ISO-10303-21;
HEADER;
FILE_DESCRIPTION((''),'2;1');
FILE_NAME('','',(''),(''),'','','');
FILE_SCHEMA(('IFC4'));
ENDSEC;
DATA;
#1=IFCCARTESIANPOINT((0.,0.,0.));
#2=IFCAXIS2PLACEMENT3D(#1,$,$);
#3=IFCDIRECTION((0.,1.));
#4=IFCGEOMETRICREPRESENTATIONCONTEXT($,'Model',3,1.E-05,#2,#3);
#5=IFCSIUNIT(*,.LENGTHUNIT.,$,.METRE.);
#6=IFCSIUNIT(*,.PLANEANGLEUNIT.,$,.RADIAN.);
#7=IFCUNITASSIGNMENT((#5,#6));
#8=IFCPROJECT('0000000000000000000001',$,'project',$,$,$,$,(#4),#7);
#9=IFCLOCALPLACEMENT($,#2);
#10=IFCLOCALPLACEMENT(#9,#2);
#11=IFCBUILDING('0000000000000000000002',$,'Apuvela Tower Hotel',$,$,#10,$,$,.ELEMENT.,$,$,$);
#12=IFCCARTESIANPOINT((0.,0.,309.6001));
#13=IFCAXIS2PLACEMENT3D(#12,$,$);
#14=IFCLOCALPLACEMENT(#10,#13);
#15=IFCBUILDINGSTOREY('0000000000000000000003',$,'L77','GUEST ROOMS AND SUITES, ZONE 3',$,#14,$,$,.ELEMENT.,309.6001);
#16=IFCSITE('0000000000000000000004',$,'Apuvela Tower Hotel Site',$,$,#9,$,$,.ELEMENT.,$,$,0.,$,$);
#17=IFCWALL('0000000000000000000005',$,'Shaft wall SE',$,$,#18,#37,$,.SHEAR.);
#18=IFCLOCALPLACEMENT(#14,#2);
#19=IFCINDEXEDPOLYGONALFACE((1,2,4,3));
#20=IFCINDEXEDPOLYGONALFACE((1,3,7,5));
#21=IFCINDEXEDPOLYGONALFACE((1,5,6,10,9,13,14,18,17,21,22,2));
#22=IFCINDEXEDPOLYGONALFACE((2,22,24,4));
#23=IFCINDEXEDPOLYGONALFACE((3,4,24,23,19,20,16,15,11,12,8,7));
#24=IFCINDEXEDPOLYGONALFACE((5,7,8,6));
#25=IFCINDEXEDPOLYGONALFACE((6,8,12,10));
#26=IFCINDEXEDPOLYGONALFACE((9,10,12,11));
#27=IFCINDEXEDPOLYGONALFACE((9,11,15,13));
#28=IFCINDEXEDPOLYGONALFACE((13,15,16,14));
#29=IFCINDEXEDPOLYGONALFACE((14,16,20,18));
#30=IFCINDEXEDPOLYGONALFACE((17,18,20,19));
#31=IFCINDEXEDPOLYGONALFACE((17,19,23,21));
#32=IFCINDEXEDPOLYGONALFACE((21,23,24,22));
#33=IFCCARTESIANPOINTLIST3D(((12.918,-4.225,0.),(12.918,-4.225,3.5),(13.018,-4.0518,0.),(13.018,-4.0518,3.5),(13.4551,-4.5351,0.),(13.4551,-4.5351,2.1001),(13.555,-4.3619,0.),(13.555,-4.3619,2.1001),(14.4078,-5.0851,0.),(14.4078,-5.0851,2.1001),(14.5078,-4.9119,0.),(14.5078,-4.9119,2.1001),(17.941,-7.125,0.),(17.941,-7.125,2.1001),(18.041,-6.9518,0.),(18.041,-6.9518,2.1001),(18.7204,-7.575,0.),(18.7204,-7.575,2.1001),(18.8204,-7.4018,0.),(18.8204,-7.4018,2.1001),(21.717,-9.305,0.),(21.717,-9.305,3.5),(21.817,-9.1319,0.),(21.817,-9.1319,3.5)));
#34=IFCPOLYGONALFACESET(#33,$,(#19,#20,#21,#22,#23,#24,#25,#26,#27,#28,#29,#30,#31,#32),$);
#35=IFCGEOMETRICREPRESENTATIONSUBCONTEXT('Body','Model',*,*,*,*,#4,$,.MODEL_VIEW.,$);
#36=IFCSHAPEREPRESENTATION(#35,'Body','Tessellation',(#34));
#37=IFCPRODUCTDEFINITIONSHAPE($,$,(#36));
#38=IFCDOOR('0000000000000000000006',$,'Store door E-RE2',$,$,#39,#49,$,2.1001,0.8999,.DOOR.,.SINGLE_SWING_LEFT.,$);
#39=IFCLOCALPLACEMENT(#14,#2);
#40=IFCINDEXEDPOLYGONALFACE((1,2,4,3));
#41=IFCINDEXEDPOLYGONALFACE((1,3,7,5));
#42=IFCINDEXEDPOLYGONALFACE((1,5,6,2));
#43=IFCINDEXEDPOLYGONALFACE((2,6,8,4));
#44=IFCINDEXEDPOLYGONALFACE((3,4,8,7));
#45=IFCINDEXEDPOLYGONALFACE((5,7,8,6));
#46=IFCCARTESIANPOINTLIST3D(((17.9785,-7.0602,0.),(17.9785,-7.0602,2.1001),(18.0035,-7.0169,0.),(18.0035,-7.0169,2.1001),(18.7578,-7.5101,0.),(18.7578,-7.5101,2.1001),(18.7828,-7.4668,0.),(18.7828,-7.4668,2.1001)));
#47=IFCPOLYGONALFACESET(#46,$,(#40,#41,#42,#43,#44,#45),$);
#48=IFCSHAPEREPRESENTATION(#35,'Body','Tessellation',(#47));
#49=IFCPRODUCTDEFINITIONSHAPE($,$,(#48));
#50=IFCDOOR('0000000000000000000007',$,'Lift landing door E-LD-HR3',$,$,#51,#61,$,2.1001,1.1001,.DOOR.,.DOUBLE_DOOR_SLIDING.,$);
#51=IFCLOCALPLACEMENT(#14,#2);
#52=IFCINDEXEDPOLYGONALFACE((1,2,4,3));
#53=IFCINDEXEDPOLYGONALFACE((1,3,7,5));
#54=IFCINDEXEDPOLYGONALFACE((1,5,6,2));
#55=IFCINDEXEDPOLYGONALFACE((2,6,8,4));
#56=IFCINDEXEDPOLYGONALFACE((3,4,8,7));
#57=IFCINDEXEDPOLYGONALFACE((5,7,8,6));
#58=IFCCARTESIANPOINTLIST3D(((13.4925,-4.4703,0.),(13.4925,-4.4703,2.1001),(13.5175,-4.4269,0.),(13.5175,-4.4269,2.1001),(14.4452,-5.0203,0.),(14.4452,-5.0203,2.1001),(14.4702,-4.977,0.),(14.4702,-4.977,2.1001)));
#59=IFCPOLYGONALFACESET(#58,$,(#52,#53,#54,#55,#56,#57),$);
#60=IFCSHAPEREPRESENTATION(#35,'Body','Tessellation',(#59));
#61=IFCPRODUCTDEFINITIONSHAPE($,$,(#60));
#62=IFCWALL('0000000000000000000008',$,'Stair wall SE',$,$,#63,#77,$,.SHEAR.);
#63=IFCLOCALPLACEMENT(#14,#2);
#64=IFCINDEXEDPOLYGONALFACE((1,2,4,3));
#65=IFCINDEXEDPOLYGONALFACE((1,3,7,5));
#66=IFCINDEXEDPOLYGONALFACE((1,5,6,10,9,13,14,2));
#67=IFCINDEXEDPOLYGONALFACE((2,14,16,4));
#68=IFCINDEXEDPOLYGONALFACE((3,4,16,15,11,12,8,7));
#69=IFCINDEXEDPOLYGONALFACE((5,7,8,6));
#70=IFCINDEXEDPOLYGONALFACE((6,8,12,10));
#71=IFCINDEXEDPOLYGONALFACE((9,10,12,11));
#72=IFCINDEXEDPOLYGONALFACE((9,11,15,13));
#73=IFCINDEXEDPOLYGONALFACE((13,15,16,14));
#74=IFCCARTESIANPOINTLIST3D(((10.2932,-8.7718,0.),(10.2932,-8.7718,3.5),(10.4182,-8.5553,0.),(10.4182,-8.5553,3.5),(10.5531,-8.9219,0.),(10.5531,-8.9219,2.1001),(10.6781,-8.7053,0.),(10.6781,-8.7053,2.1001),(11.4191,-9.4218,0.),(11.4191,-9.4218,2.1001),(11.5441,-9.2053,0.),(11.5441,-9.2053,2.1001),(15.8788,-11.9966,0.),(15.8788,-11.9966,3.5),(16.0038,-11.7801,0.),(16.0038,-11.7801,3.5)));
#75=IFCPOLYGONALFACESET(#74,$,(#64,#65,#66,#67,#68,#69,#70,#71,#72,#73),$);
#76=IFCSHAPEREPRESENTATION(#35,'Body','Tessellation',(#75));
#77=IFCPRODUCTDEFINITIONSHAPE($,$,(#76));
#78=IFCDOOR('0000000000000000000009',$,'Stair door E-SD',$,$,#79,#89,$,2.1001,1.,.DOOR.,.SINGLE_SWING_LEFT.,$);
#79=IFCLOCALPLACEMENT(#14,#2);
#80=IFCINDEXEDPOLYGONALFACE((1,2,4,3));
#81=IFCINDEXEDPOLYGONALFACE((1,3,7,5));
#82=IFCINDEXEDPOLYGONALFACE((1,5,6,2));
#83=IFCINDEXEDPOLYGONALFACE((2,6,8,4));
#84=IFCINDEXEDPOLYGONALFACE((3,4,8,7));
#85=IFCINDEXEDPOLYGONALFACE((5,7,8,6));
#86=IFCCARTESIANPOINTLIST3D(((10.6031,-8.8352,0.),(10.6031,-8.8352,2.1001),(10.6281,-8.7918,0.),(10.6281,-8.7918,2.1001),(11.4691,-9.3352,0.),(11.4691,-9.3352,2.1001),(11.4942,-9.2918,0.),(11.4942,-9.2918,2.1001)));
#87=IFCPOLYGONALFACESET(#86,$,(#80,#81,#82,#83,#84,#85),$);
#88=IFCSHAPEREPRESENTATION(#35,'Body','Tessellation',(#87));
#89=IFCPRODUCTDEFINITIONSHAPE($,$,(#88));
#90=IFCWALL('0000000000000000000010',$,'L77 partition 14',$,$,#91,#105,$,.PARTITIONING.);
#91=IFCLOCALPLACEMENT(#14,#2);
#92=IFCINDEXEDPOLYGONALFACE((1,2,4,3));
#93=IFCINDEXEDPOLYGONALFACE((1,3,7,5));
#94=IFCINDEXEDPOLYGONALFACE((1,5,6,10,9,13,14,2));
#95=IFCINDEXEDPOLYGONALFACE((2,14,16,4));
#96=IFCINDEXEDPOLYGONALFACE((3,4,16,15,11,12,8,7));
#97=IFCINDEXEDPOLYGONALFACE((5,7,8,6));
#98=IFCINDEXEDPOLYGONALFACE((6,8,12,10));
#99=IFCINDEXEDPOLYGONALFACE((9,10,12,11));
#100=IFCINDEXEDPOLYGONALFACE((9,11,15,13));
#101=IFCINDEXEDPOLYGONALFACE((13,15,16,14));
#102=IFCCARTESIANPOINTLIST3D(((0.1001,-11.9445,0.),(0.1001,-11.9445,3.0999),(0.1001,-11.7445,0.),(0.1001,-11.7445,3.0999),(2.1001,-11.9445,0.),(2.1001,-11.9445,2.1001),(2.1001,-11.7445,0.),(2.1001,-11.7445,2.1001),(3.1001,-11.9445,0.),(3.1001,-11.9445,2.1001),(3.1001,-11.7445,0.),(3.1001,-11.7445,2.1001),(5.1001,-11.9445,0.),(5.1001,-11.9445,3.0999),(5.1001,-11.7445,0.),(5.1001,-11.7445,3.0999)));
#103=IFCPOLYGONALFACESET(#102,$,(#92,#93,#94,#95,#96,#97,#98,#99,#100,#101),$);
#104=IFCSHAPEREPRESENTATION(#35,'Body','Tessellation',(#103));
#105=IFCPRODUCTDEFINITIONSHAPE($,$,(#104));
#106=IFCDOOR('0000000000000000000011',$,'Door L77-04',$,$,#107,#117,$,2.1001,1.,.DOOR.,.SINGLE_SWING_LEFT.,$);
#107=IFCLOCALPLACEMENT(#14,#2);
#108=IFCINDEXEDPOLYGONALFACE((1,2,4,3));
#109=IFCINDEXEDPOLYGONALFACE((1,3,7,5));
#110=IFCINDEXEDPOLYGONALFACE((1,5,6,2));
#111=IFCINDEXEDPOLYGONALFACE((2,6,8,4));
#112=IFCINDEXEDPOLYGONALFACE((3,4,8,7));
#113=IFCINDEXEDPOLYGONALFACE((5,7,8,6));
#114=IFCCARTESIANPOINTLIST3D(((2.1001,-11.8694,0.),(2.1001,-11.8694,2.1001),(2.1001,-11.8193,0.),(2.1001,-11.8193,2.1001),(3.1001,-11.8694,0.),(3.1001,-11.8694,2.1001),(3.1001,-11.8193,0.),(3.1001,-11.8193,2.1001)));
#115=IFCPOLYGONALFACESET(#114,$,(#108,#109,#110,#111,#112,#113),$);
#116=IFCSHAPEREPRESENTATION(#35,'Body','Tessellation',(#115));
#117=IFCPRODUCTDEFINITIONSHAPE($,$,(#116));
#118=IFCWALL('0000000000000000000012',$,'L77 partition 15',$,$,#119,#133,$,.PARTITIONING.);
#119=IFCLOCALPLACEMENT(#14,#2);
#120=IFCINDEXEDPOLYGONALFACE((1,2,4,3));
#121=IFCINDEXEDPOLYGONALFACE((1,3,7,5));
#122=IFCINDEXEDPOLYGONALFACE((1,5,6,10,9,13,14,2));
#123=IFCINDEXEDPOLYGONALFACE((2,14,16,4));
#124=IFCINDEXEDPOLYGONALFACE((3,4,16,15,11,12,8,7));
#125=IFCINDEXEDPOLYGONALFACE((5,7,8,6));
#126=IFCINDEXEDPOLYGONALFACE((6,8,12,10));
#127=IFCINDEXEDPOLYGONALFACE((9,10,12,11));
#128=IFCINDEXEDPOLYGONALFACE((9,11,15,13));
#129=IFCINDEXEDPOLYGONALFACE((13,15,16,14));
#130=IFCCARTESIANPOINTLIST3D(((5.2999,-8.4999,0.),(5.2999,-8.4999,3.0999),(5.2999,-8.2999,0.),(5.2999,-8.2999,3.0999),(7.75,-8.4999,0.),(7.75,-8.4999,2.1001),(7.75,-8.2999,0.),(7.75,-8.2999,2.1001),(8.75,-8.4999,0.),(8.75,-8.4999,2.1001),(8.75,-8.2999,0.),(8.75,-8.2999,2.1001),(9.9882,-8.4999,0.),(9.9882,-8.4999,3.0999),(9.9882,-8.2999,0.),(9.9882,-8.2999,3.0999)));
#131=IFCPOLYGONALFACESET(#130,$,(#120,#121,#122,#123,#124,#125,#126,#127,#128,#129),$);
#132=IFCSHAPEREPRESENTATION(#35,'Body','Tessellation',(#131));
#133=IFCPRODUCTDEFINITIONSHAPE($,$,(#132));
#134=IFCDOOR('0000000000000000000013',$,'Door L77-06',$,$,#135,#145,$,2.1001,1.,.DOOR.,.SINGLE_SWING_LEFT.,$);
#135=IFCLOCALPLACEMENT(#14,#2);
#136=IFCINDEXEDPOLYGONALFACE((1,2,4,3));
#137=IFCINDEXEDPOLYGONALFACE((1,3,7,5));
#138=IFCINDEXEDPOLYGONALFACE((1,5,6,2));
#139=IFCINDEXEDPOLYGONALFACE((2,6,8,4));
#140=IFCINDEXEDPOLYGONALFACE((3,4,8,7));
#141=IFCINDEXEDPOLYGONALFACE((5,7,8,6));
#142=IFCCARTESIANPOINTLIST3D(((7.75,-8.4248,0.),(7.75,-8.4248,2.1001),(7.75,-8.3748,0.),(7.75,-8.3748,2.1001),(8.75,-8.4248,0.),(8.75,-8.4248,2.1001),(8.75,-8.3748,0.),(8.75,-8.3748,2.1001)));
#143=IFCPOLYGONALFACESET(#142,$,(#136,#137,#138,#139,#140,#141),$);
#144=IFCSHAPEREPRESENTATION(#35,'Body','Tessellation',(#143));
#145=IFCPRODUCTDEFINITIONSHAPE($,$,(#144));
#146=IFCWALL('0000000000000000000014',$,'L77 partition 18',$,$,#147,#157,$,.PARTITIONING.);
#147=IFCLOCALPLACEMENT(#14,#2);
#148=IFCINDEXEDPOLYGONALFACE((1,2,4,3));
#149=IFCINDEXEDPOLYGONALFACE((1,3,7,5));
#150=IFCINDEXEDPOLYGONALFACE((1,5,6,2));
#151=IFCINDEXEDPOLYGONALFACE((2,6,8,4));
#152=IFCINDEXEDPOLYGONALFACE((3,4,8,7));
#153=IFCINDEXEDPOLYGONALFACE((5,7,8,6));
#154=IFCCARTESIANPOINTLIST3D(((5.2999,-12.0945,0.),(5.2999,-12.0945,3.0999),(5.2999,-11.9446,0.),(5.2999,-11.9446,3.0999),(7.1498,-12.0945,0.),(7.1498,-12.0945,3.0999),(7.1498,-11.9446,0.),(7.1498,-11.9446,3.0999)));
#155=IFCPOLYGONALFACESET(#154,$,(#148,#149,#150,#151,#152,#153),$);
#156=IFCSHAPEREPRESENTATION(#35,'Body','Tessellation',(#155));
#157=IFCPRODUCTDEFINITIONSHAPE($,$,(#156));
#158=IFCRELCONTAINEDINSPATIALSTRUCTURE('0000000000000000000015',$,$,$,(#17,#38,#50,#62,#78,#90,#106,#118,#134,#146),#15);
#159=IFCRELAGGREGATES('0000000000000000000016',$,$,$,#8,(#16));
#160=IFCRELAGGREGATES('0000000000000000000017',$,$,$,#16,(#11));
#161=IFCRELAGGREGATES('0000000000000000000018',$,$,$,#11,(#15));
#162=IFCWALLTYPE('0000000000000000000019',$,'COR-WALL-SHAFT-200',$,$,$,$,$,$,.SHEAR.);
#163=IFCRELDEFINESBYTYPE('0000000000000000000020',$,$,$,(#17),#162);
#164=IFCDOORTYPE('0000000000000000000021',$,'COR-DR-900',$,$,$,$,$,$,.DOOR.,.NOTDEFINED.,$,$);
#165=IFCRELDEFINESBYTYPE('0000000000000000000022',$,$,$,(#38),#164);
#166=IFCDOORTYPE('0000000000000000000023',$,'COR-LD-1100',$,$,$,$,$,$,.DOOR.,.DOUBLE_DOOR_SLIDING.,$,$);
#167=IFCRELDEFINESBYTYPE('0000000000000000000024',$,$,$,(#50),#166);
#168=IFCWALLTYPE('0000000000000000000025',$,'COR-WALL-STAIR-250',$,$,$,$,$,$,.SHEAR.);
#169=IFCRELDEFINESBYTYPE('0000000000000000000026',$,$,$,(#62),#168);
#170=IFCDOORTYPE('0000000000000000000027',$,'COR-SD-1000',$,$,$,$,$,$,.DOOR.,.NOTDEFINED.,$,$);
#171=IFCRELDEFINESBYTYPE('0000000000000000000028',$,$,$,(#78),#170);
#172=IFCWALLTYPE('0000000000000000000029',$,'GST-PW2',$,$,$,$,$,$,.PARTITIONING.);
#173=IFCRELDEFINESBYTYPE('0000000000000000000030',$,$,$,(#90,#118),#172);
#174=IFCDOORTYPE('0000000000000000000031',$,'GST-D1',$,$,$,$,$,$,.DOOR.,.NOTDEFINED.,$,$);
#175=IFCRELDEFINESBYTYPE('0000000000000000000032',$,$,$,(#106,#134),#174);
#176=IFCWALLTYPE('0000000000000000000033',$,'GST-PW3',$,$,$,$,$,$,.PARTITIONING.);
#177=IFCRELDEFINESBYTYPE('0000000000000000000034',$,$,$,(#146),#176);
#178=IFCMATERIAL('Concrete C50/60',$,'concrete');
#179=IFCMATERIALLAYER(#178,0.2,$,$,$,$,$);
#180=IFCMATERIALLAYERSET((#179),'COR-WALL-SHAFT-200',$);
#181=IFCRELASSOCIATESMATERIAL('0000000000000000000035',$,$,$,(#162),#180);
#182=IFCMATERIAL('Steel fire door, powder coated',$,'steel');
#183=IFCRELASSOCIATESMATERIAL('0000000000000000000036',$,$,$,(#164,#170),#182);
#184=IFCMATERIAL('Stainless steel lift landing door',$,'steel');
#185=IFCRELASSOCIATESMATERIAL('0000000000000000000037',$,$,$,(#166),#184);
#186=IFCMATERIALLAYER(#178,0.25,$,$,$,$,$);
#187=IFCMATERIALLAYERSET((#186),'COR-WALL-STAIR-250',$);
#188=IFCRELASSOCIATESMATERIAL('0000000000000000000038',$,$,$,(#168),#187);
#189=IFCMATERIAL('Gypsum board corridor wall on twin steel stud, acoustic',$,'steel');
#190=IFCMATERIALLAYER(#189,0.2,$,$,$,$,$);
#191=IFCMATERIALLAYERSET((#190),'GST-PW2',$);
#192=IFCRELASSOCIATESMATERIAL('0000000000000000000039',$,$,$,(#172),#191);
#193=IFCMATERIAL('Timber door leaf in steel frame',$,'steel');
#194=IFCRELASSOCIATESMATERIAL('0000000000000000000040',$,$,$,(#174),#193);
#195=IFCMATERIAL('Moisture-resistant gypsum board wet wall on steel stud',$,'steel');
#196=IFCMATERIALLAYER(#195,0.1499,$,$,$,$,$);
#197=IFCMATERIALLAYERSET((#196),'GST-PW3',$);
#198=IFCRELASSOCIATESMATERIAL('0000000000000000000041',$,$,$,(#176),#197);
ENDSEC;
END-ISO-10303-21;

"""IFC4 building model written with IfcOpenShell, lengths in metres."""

from ifc_helpers import new_model, si_unit, direction, frame, frame_2d, origin, place, context, subcontext, project, spatial, rectangle, extrude, material, layer, layer_set, type_object, element, fill, save


model = new_model("IFC4")

# Units and contexts
model_context = context("Model", 3, precision=1e-05, world=origin(), true_north=direction((0.0, 1.0)))
body_context = subcontext(model_context, "Body", "Model", "MODEL_VIEW")
ifc_project = project(units=[si_unit("LENGTHUNIT", "METRE"), si_unit("PLANEANGLEUNIT", "RADIAN")], contexts=[model_context])

# Site, building, storey
site_placement = place(None, origin())
site = spatial("IfcSite", under=ifc_project, at=site_placement, Name="Apuvela Tower Hotel Site", CompositionType="ELEMENT", RefElevation=0.0)
building_placement = place(site_placement, origin())
building = spatial("IfcBuilding", under=site, at=building_placement, Name="Apuvela Tower Hotel", CompositionType="ELEMENT")
storey_placement = place(building_placement, frame((0.0, 0.0, 309.6001)))
storey = spatial("IfcBuildingStorey", under=building, at=storey_placement, Name="L77", Description="GUEST ROOMS AND SUITES, ZONE 3", CompositionType="ELEMENT", Elevation=309.6001)

# Shared definitions
ifc_material_1 = material(Name="Concrete C50/60", Category="concrete")
ifc_material_2 = material(Name="Steel fire door, powder coated", Category="steel")

# Shared definitions
ifc_layer_1 = layer(ifc_material_1, 0.2)
ifc_layer_set_1 = layer_set([ifc_layer_1], Name="COR-WALL-SHAFT-200")
wall_type_1 = type_object("IfcWallType", Name="COR-WALL-SHAFT-200", PredefinedType="SHEAR", material=ifc_layer_set_1)
ifc_material_3 = material(Name="Stainless steel lift landing door", Category="steel")

# Wall, openings, doors
wall_1_placement = place(storey_placement, frame((12.968, -4.1384, 0.0), z_axis=(0.0, 0.0, 1.0), x_axis=(0.866028, -0.499995, 0.0)))
wall_1 = element("IfcWall", 1, at=wall_1_placement, inside=storey, type_object=wall_type_1, Name="Shaft wall SE", PredefinedType="SHEAR", context=body_context, shape_type="SweptSolid", body=[
    extrude(rectangle(XDim=10.1602, YDim=0.2, at=frame_2d((5.0801, 0.0))), origin(), (0.0, 0.0, 1.0), 3.5),
])
opening_1_placement = place(wall_1_placement, frame((0.6201, 0.0, 0.0)))
opening_1 = element("IfcOpeningElement", 2, at=opening_1_placement, cuts=wall_1, PredefinedType="OPENING", context=body_context, shape_type="SweptSolid", body=[
    extrude(rectangle(XDim=1.1001, YDim=2.1001, at=frame_2d((0.55, 1.05))), frame((0.0, 0.1099, 0.0), z_axis=(0.0, -1.0, 0.0), x_axis=(1.0, 0.0, 0.0)), (0.0, 0.0, 1.0), 0.22),
])
opening_2_placement = place(wall_1_placement, frame((5.8, 0.0, 0.0)))
opening_2 = element("IfcOpeningElement", 3, at=opening_2_placement, cuts=wall_1, PredefinedType="OPENING", context=body_context, shape_type="SweptSolid", body=[
    extrude(rectangle(XDim=0.8999, YDim=2.1001, at=frame_2d((0.45, 1.05))), frame((0.0, 0.1099, 0.0), z_axis=(0.0, -1.0, 0.0), x_axis=(1.0, 0.0, 0.0)), (0.0, 0.0, 1.0), 0.22),
])
door_type_1 = type_object("IfcDoorType", Name="COR-DR-900", OperationType="NOTDEFINED", PredefinedType="DOOR", material=ifc_material_2)
door_1_placement = place(opening_2_placement, origin())
door_1 = element("IfcDoor", 4, at=door_1_placement, inside=storey, type_object=door_type_1, Name="Store door E-RE2", OperationType="SINGLE_SWING_LEFT", OverallHeight=2.1001, OverallWidth=0.8999, PredefinedType="DOOR", context=body_context, shape_type="SweptSolid", body=[
    extrude(rectangle(XDim=0.8999, YDim=2.1001, at=frame_2d((0.45, 1.05))), frame((0.0, 0.0249, 0.0), z_axis=(0.0, -1.0, 0.0), x_axis=(1.0, 0.0, 0.0)), (0.0, 0.0, 1.0), 0.05),
])
fill(opening_2, door_1)
door_type_2 = type_object("IfcDoorType", Name="COR-LD-1100", OperationType="DOUBLE_DOOR_SLIDING", PredefinedType="DOOR", material=ifc_material_3)
door_2_placement = place(opening_1_placement, origin())
door_2 = element("IfcDoor", 5, at=door_2_placement, inside=storey, type_object=door_type_2, Name="Lift landing door E-LD-HR3", OperationType="DOUBLE_DOOR_SLIDING", OverallHeight=2.1001, OverallWidth=1.1001, PredefinedType="DOOR", context=body_context, shape_type="SweptSolid", body=[
    extrude(rectangle(XDim=1.1001, YDim=2.1001, at=frame_2d((0.55, 1.05))), frame((0.0, 0.0249, 0.0), z_axis=(0.0, -1.0, 0.0), x_axis=(1.0, 0.0, 0.0)), (0.0, 0.0, 1.0), 0.05),
])
fill(opening_1, door_2)

# Walls, openings, doors
ifc_layer_2 = layer(ifc_material_1, 0.25)
ifc_layer_set_2 = layer_set([ifc_layer_2], Name="COR-WALL-STAIR-250")
wall_type_2 = type_object("IfcWallType", Name="COR-WALL-STAIR-250", PredefinedType="SHEAR", material=ifc_layer_set_2)
wall_2_placement = place(storey_placement, frame((10.3557, -8.6636, 0.0), z_axis=(0.0, 0.0, 1.0), x_axis=(0.866029, -0.499994, 0.0)))
wall_2 = element("IfcWall", 6, at=wall_2_placement, inside=storey, type_object=wall_type_2, Name="Stair wall SE", PredefinedType="SHEAR", context=body_context, shape_type="SweptSolid", body=[
    extrude(rectangle(XDim=6.4497, YDim=0.25, at=frame_2d((3.2249, 0.0))), origin(), (0.0, 0.0, 1.0), 3.5),
])
opening_3_placement = place(wall_2_placement, frame((0.3, 0.0, 0.0)))
opening_3 = element("IfcOpeningElement", 7, at=opening_3_placement, cuts=wall_2, PredefinedType="OPENING", context=body_context, shape_type="SweptSolid", body=[
    extrude(rectangle(XDim=1.0, YDim=2.1001, at=frame_2d((0.5, 1.05))), frame((0.0, 0.135, 0.0), z_axis=(0.0, -1.0, 0.0), x_axis=(1.0, 0.0, 0.0)), (0.0, 0.0, 1.0), 0.27),
])
door_type_3 = type_object("IfcDoorType", Name="COR-SD-1000", OperationType="NOTDEFINED", PredefinedType="DOOR", material=ifc_material_2)
door_3_placement = place(opening_3_placement, frame((1.0, 0.0, 0.0), z_axis=(0.0, 0.0, 1.0), x_axis=(-1.0, 0.0, 0.0)))
door_3 = element("IfcDoor", 8, at=door_3_placement, inside=storey, type_object=door_type_3, Name="Stair door E-SD", OperationType="SINGLE_SWING_LEFT", OverallHeight=2.1001, OverallWidth=1.0, PredefinedType="DOOR", context=body_context, shape_type="SweptSolid", body=[
    extrude(rectangle(XDim=1.0, YDim=2.1001, at=frame_2d((0.5, 1.05))), frame((0.0, 0.0249, 0.0), z_axis=(0.0, -1.0, 0.0), x_axis=(1.0, 0.0, 0.0)), (0.0, 0.0, 1.0), 0.05),
])
fill(opening_3, door_3)
ifc_material_4 = material(Name="Gypsum board corridor wall on twin steel stud, acoustic", Category="steel")
ifc_layer_3 = layer(ifc_material_4, 0.2)
ifc_layer_set_3 = layer_set([ifc_layer_3], Name="GST-PW2")
wall_type_3 = type_object("IfcWallType", Name="GST-PW2", PredefinedType="PARTITIONING", material=ifc_layer_set_3)
wall_3_placement = place(storey_placement, frame((5.1001, -11.8445, 0.0), z_axis=(0.0, 0.0, 1.0), x_axis=(-1.0, 0.0, 0.0)))
wall_3 = element("IfcWall", 9, at=wall_3_placement, inside=storey, type_object=wall_type_3, Name="L77 partition 14", PredefinedType="PARTITIONING", context=body_context, shape_type="SweptSolid", body=[
    extrude(rectangle(XDim=5.0, YDim=0.2, at=frame_2d((2.5, 0.0))), origin(), (0.0, 0.0, 1.0), 3.0999),
])
opening_4_placement = place(wall_3_placement, frame((2.0, 0.0, 0.0)))
opening_4 = element("IfcOpeningElement", 10, at=opening_4_placement, cuts=wall_3, PredefinedType="OPENING", context=body_context, shape_type="SweptSolid", body=[
    extrude(rectangle(XDim=1.0, YDim=2.1001, at=frame_2d((0.5, 1.05))), frame((0.0, 0.1099, 0.0), z_axis=(0.0, -1.0, 0.0), x_axis=(1.0, 0.0, 0.0)), (0.0, 0.0, 1.0), 0.22),
])
ifc_material_5 = material(Name="Timber door leaf in steel frame", Category="steel")
door_type_4 = type_object("IfcDoorType", Name="GST-D1", OperationType="NOTDEFINED", PredefinedType="DOOR", material=ifc_material_5)
door_4_placement = place(opening_4_placement, origin())
door_4 = element("IfcDoor", 11, at=door_4_placement, inside=storey, type_object=door_type_4, Name="Door L77-04", OperationType="SINGLE_SWING_LEFT", OverallHeight=2.1001, OverallWidth=1.0, PredefinedType="DOOR", context=body_context, shape_type="SweptSolid", body=[
    extrude(rectangle(XDim=1.0, YDim=2.1001, at=frame_2d((0.5, 1.05))), frame((0.0, 0.0249, 0.0), z_axis=(0.0, -1.0, 0.0), x_axis=(1.0, 0.0, 0.0)), (0.0, 0.0, 1.0), 0.05),
])
fill(opening_4, door_4)
wall_4_placement = place(storey_placement, frame((9.9883, -8.3999, 0.0), z_axis=(0.0, 0.0, 1.0), x_axis=(-1.0, 0.0, 0.0)))
wall_4 = element("IfcWall", 12, at=wall_4_placement, inside=storey, type_object=wall_type_3, Name="L77 partition 15", PredefinedType="PARTITIONING", context=body_context, shape_type="SweptSolid", body=[
    extrude(rectangle(XDim=4.6882, YDim=0.2, at=frame_2d((2.3442, 0.0))), origin(), (0.0, 0.0, 1.0), 3.0999),
])
opening_5_placement = place(wall_4_placement, frame((1.2383, 0.0, 0.0)))
opening_5 = element("IfcOpeningElement", 13, at=opening_5_placement, cuts=wall_4, PredefinedType="OPENING", context=body_context, shape_type="SweptSolid", body=[
    extrude(rectangle(XDim=1.0, YDim=2.1001, at=frame_2d((0.5, 1.05))), frame((0.0, 0.1099, 0.0), z_axis=(0.0, -1.0, 0.0), x_axis=(1.0, 0.0, 0.0)), (0.0, 0.0, 1.0), 0.22),
])
door_5_placement = place(opening_5_placement, origin())
door_5 = element("IfcDoor", 14, at=door_5_placement, inside=storey, type_object=door_type_4, Name="Door L77-06", OperationType="SINGLE_SWING_LEFT", OverallHeight=2.1001, OverallWidth=1.0, PredefinedType="DOOR", context=body_context, shape_type="SweptSolid", body=[
    extrude(rectangle(XDim=1.0, YDim=2.1001, at=frame_2d((0.5, 1.05))), frame((0.0, 0.0249, 0.0), z_axis=(0.0, -1.0, 0.0), x_axis=(1.0, 0.0, 0.0)), (0.0, 0.0, 1.0), 0.05),
])
fill(opening_5, door_5)

# Wall
ifc_material_6 = material(Name="Moisture-resistant gypsum board wet wall on steel stud", Category="steel")
ifc_layer_4 = layer(ifc_material_6, 0.1499)
ifc_layer_set_4 = layer_set([ifc_layer_4], Name="GST-PW3")
wall_type_4 = type_object("IfcWallType", Name="GST-PW3", PredefinedType="PARTITIONING", material=ifc_layer_set_4)
wall_5_placement = place(storey_placement, frame((5.3, -12.0195, 0.0), z_axis=(0.0, 0.0, 1.0), x_axis=(1.0, 0.0, 0.0)))
element("IfcWall", 15, at=wall_5_placement, inside=storey, type_object=wall_type_4, Name="L77 partition 18", PredefinedType="PARTITIONING", context=body_context, shape_type="SweptSolid", body=[
    extrude(rectangle(XDim=1.8499, YDim=0.1499, at=frame_2d((0.9248, 0.0))), origin(), (0.0, 0.0, 1.0), 3.0999),
])

save(model, "model.ifc")
